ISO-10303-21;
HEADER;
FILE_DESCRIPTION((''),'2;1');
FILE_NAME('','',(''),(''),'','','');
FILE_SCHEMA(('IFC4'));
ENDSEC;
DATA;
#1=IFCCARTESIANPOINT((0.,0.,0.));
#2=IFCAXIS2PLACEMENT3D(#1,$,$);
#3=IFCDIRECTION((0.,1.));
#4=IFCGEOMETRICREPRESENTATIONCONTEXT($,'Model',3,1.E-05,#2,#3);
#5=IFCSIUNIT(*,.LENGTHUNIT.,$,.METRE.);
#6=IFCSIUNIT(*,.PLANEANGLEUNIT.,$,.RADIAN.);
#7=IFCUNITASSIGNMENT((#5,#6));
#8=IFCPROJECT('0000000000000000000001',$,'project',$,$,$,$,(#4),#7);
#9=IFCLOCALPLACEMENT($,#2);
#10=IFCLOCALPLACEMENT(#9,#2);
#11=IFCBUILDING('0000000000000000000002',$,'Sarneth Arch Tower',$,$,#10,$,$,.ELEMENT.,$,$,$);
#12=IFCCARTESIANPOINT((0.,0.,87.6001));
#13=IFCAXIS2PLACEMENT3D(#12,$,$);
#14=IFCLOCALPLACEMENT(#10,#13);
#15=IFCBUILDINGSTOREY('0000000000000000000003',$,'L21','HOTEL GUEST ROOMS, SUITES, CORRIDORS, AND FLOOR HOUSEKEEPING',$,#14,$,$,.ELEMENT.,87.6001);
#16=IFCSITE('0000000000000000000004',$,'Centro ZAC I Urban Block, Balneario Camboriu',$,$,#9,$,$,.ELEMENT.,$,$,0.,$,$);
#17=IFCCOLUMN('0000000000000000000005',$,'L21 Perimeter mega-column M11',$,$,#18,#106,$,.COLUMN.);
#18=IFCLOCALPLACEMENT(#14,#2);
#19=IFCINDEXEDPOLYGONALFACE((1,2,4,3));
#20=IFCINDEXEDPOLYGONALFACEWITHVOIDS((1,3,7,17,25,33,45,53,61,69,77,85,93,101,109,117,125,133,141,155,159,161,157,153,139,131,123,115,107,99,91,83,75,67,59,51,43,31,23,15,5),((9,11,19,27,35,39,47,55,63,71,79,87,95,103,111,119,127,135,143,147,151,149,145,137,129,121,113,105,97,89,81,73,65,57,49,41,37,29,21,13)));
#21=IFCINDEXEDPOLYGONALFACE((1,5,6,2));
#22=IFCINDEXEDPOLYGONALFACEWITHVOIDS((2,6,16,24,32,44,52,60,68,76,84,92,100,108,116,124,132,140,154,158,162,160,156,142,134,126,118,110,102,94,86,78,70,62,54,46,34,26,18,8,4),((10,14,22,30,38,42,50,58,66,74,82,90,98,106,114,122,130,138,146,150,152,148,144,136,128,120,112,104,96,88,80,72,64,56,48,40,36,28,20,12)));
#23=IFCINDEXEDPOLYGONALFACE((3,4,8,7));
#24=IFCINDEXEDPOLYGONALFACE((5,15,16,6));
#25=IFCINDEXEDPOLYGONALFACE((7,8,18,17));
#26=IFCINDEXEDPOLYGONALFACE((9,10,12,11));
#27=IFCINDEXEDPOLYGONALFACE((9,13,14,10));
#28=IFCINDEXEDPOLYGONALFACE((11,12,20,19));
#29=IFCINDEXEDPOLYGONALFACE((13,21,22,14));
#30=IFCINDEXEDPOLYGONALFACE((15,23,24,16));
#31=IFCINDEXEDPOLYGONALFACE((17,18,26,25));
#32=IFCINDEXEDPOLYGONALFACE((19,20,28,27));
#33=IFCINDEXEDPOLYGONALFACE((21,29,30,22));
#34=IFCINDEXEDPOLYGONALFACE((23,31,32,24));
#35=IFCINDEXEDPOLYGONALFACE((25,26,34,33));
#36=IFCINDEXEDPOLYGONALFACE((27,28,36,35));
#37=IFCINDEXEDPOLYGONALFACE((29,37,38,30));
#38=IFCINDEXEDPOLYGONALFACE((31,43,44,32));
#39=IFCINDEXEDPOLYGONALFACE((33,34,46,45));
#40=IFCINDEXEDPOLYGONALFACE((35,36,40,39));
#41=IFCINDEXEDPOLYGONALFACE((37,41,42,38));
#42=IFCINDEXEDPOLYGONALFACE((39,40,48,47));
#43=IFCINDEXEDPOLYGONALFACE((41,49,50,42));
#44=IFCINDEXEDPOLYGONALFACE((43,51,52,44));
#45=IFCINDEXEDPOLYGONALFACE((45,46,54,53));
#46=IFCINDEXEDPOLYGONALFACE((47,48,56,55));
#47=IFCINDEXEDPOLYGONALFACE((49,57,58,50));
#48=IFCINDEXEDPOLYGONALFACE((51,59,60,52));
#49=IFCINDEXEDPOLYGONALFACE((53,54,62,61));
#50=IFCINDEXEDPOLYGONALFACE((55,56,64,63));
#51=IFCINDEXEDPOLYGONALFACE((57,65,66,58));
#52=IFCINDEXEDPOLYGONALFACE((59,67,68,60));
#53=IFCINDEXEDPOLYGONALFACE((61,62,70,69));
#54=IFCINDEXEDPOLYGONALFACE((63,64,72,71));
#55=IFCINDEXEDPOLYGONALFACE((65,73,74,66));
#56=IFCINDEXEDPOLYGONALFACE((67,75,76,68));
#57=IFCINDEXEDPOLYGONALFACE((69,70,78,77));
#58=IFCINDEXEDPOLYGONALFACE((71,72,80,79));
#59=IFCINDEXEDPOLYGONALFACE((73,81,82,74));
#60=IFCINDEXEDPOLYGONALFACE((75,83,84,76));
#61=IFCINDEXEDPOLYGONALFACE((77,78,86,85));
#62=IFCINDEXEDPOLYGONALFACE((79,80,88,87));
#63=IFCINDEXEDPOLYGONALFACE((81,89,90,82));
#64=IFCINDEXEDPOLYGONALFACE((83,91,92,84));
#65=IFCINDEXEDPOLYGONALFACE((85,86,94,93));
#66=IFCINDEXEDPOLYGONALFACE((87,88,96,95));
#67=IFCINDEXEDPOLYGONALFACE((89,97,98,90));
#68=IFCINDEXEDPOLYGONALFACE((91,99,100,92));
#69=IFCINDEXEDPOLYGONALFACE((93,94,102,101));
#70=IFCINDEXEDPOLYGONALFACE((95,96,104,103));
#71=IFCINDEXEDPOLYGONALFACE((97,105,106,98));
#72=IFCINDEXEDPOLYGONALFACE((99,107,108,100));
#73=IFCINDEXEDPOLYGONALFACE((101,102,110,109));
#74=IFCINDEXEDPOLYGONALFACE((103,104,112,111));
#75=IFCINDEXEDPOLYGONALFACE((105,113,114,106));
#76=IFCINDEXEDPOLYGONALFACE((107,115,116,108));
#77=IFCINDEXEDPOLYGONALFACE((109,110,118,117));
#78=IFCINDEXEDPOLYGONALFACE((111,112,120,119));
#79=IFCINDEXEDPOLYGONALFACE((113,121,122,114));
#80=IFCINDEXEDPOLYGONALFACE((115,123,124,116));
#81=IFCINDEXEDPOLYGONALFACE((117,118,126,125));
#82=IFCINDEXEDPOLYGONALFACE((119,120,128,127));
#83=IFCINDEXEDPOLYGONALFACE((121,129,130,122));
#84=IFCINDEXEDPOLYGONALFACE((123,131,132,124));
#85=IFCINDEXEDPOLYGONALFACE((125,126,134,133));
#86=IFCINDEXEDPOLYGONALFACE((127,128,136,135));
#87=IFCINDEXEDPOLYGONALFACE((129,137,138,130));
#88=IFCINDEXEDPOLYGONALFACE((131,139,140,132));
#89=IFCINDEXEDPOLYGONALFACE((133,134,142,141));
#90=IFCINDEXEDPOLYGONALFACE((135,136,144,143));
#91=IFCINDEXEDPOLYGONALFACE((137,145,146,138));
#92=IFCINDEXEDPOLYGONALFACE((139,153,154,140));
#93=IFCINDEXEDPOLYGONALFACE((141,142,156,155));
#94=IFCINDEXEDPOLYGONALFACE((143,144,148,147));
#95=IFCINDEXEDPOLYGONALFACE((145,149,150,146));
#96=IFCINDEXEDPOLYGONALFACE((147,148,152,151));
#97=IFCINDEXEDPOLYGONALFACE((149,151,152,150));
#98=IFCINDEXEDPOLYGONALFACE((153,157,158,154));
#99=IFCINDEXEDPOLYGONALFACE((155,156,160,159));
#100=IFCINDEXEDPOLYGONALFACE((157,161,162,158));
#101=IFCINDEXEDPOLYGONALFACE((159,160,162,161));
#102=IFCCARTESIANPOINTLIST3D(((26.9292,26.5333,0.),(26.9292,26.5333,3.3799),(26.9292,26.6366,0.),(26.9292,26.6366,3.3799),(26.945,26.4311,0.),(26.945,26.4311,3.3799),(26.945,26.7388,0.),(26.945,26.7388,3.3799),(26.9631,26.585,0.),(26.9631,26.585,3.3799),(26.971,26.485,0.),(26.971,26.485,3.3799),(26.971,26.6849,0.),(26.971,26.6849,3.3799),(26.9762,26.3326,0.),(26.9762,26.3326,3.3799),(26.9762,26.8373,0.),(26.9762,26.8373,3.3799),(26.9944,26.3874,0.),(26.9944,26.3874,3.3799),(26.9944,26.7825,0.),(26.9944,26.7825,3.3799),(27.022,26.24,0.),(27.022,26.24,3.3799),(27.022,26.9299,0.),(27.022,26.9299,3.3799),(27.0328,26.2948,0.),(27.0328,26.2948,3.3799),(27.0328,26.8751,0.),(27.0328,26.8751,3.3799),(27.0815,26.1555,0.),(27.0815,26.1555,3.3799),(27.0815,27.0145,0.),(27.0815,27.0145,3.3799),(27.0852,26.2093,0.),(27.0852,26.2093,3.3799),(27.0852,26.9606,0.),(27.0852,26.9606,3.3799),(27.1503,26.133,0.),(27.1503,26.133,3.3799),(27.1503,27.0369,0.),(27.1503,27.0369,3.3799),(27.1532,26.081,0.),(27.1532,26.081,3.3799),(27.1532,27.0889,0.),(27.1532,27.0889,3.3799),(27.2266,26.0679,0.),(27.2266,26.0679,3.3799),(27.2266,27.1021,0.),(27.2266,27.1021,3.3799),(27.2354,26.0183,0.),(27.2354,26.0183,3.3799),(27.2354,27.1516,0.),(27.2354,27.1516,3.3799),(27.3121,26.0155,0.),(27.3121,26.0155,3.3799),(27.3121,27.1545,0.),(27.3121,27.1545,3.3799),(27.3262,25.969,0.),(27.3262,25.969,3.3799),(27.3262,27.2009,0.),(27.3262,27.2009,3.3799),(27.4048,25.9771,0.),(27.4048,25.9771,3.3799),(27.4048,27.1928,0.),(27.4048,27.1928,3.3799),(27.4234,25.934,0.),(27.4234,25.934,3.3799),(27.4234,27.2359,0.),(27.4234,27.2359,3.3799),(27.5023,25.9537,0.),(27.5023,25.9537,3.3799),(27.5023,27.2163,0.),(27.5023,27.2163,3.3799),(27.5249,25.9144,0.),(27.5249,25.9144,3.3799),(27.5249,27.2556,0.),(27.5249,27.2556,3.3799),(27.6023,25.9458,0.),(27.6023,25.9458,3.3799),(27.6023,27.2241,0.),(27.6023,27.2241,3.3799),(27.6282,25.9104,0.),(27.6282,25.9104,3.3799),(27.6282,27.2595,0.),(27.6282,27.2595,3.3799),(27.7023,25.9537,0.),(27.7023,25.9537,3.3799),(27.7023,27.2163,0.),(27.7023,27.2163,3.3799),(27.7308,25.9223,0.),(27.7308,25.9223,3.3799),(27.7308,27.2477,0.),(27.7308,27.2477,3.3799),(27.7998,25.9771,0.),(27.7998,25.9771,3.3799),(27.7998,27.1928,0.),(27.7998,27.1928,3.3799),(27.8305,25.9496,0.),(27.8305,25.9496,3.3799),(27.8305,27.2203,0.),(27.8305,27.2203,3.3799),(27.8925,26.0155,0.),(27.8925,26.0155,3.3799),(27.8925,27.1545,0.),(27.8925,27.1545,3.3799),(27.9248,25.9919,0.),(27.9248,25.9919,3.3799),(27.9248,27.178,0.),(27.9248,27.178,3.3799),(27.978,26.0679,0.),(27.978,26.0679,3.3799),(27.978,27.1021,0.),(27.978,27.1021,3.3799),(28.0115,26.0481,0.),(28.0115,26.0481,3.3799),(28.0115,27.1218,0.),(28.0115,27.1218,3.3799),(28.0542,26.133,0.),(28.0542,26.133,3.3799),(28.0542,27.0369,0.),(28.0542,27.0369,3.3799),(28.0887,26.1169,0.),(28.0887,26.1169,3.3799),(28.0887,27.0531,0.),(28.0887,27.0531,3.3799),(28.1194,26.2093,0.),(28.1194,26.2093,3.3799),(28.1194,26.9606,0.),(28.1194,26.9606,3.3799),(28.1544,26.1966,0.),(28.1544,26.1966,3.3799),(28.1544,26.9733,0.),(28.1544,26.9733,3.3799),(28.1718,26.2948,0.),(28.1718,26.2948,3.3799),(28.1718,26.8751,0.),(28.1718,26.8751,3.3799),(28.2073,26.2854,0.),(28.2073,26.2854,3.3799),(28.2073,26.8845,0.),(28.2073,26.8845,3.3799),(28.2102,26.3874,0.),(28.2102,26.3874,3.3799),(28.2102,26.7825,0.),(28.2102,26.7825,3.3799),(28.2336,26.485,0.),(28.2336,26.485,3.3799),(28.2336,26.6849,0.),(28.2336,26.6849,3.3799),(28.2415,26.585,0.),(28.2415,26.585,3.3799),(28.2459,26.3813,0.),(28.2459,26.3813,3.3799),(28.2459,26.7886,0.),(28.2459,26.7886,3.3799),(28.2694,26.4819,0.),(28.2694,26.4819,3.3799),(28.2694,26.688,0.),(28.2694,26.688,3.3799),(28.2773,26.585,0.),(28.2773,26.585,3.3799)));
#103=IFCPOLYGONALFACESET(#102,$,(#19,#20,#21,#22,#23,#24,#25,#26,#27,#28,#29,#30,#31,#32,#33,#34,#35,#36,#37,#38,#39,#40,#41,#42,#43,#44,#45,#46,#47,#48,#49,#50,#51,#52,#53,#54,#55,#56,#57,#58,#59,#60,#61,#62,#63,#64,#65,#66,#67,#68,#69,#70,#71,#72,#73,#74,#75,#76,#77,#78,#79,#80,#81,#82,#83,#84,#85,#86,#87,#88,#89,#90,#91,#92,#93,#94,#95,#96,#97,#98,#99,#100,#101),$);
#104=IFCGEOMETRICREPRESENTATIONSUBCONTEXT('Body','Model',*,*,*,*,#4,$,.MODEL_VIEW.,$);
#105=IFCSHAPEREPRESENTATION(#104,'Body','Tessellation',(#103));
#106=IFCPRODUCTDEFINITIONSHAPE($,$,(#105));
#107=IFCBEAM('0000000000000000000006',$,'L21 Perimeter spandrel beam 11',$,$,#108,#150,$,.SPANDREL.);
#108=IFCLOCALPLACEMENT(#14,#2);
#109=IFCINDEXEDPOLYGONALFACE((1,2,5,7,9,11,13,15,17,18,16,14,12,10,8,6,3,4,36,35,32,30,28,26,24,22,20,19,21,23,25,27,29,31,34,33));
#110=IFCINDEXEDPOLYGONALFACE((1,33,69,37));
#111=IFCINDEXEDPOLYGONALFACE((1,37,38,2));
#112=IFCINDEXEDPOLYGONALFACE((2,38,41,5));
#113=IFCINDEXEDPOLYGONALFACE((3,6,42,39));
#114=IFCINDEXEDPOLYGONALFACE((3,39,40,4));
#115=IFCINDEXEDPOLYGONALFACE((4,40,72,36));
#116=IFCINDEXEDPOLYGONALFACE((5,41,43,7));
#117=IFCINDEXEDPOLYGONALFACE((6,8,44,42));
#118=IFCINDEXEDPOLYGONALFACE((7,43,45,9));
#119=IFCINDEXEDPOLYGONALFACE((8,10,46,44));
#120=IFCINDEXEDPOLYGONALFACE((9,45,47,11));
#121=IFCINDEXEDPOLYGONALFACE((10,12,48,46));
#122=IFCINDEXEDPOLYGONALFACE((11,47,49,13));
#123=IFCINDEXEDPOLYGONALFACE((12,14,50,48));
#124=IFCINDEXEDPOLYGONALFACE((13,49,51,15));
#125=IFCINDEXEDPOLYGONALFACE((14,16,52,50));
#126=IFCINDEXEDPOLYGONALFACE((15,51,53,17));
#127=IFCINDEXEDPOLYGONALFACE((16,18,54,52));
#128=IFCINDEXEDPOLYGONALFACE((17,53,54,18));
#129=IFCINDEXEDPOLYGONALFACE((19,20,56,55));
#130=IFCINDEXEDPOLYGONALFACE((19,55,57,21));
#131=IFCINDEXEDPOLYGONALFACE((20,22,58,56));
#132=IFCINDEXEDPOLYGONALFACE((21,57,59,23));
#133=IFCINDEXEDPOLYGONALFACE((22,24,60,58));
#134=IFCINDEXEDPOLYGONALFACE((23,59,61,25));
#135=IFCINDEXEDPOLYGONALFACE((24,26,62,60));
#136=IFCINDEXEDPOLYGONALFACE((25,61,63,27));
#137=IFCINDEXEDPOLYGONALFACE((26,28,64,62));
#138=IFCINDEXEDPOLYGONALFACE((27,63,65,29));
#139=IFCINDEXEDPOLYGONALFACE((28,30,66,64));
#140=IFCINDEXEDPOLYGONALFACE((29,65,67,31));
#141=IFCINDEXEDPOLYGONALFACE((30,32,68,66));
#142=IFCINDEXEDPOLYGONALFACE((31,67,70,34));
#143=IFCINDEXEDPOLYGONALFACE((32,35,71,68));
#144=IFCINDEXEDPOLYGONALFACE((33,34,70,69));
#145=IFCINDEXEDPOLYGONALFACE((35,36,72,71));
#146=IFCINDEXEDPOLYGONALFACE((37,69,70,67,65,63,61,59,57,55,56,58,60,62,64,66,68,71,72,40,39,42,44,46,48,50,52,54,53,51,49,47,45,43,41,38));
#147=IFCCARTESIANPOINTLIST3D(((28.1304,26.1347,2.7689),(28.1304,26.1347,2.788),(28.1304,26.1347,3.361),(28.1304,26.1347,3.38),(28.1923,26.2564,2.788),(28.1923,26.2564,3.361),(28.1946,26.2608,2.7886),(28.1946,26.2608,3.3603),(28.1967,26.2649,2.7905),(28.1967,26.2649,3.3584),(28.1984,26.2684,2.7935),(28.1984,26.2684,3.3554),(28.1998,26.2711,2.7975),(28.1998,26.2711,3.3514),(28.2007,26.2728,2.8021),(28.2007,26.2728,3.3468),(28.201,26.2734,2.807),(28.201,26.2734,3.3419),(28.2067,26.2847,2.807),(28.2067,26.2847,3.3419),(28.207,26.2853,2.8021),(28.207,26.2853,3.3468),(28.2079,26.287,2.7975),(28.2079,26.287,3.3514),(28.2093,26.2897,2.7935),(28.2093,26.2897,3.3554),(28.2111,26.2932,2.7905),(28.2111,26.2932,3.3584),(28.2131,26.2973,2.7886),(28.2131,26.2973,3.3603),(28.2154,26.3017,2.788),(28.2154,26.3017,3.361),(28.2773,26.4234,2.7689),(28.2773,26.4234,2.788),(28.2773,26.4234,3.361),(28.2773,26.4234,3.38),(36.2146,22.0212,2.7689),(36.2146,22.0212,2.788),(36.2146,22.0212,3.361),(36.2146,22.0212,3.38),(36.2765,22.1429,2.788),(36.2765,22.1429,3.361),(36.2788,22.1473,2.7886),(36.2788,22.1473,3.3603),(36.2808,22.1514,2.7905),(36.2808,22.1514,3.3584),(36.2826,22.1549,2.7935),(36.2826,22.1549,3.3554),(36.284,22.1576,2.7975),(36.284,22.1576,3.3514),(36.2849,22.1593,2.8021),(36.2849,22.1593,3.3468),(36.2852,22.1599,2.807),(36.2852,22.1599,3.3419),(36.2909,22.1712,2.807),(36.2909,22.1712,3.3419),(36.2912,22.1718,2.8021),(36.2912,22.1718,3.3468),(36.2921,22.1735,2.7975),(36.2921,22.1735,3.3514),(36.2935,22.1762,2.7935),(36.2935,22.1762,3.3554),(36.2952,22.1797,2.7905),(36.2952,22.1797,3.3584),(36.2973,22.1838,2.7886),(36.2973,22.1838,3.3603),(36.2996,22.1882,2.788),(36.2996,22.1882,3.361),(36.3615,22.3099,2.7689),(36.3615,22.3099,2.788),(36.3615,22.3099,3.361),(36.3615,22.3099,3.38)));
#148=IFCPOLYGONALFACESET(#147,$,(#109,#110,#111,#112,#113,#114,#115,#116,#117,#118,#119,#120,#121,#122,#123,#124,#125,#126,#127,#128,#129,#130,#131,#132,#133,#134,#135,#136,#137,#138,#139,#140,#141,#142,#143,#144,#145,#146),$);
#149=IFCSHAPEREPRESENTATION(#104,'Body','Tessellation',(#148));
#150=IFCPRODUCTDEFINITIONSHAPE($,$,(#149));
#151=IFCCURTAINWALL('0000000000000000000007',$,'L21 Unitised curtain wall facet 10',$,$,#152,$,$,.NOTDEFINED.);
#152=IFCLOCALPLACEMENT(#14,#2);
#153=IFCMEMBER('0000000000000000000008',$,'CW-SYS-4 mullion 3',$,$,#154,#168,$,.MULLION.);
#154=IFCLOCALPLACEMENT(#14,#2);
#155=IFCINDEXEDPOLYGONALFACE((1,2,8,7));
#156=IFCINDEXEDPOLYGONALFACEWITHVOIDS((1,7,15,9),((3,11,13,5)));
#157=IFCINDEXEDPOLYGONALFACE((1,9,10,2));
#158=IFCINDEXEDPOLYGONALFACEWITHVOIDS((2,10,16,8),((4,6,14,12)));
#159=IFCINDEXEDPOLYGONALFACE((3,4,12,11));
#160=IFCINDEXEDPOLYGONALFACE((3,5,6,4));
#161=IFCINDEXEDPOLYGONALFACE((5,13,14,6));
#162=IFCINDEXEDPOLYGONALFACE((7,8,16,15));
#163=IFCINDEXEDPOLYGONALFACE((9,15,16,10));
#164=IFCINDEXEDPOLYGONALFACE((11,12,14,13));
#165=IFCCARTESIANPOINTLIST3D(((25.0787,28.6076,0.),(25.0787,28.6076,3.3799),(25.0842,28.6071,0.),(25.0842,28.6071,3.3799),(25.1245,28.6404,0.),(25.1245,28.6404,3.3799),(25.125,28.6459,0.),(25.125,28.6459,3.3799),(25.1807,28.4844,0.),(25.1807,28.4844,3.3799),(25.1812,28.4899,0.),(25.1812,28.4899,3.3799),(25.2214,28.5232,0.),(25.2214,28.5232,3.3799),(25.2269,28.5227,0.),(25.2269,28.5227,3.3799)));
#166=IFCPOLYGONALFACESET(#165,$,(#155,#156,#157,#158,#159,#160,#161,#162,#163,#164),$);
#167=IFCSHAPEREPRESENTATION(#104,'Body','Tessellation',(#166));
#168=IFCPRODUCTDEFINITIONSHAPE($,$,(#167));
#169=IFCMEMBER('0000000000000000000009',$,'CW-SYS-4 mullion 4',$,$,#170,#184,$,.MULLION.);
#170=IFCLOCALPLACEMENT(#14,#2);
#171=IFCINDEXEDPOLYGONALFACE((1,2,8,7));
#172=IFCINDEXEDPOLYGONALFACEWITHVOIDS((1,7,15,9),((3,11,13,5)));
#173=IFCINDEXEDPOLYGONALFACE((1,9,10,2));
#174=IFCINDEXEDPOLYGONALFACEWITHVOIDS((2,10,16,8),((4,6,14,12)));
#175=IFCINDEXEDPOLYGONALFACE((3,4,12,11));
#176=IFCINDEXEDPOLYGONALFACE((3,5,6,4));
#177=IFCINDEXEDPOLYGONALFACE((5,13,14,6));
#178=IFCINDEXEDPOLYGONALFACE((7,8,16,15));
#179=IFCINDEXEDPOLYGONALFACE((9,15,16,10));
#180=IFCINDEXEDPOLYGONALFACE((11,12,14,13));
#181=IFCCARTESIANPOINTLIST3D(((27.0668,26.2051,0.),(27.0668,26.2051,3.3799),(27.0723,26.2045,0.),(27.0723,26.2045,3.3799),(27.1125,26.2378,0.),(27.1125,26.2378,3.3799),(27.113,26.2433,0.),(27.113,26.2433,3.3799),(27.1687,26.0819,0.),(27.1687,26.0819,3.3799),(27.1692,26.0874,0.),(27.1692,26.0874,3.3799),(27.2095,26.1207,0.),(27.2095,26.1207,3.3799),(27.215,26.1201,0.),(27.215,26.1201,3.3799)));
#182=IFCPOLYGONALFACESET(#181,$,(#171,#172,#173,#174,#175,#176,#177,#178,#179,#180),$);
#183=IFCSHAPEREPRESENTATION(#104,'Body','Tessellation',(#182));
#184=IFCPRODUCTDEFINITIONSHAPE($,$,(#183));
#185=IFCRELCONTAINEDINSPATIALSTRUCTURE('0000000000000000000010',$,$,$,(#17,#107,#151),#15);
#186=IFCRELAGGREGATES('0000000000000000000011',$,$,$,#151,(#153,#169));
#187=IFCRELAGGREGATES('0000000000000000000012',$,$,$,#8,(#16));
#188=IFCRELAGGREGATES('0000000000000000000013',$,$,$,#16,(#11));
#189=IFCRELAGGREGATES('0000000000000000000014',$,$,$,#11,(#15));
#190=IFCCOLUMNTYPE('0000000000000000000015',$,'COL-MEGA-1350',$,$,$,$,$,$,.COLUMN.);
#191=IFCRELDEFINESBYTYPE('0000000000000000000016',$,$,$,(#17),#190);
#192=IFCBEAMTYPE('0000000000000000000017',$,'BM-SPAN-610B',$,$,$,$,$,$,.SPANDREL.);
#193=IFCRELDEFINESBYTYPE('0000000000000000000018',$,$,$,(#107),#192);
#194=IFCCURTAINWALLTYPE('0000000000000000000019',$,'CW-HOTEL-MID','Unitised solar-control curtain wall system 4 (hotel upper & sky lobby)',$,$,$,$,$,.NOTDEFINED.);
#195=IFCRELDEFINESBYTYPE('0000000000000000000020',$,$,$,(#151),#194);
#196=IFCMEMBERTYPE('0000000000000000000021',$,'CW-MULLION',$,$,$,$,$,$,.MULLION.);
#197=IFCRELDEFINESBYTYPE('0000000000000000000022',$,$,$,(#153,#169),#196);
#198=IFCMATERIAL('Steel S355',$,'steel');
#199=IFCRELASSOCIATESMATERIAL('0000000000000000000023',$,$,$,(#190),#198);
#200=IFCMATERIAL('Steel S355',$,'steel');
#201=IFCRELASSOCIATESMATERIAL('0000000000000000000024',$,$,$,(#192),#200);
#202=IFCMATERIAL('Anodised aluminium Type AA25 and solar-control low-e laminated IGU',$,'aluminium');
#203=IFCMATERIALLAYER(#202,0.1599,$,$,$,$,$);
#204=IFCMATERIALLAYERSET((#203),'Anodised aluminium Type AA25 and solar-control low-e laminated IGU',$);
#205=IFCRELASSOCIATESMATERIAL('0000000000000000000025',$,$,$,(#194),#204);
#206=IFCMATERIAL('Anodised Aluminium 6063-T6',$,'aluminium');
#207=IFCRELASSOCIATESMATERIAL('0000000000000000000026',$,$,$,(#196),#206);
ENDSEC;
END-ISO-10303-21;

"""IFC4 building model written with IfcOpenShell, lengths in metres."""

from ifc_helpers import new_model, si_unit, direction, frame, origin, origin_2d, place, context, subcontext, project, spatial, hollow_rectangle, hollow_circle, i_section, extrude, material, layer, layer_set, material_profile, profile_set, type_object, element, aggregate, save


model = new_model("IFC4")

# Units and contexts
model_context = context("Model", 3, precision=1e-05, world=origin(), true_north=direction((0.0, 1.0)))
body_context = subcontext(model_context, "Body", "Model", "MODEL_VIEW")
ifc_project = project(units=[si_unit("LENGTHUNIT", "METRE"), si_unit("PLANEANGLEUNIT", "RADIAN")], contexts=[model_context])

# Site, building, storey
site_placement = place(None, origin())
site = spatial("IfcSite", under=ifc_project, at=site_placement, Name="Centro ZAC I Urban Block, Balneario Camboriu", CompositionType="ELEMENT", RefElevation=0.0)
building_placement = place(site_placement, origin())
building = spatial("IfcBuilding", under=site, at=building_placement, Name="Sarneth Arch Tower", CompositionType="ELEMENT")
storey_placement = place(building_placement, frame((0.0, 0.0, 87.6001)))
storey = spatial("IfcBuildingStorey", under=building, at=storey_placement, Name="L21", Description="HOTEL GUEST ROOMS, SUITES, CORRIDORS, AND FLOOR HOUSEKEEPING", CompositionType="ELEMENT", Elevation=87.6001)

# Column
ifc_material_1 = material(Name="Steel S355", Category="steel")
ifc_material_profile_1 = material_profile(ifc_material_1, hollow_circle(Radius=0.675, WallThickness=0.0359, at=origin_2d()), Name="CHS1350x36")
ifc_profile_set_1 = profile_set([ifc_material_profile_1], Name="Steel S355")
column_type = type_object("IfcColumnType", Name="COL-MEGA-1350", PredefinedType="COLUMN", material=ifc_profile_set_1)
column_placement = place(storey_placement, frame((27.6023, 26.585, 0.0), z_axis=(0.0, 0.0, 1.0), x_axis=(1.0, 0.0, 0.0)))
element("IfcColumn", 1, at=column_placement, inside=storey, type_object=column_type, Name="L21 Perimeter mega-column M11", PredefinedType="COLUMN", context=body_context, shape_type="SweptSolid", body=[
    extrude(hollow_circle(Radius=0.675, WallThickness=0.0359, at=origin_2d()), origin(), (0.0, 0.0, 1.0), 3.3799),
])

# Beam
ifc_material_2 = material(Name="Steel S355", Category="steel")
ifc_material_profile_2 = material_profile(ifc_material_2, i_section(OverallWidth=0.324, OverallDepth=0.6111, WebThickness=0.0127, FlangeThickness=0.019, FilletRadius=0.019, at=origin_2d()), Name="W610x155")
ifc_profile_set_2 = profile_set([ifc_material_profile_2], Name="Steel S355")
beam_type = type_object("IfcBeamType", Name="BM-SPAN-610B", PredefinedType="SPANDREL", material=ifc_profile_set_2)
beam_placement = place(storey_placement, frame((28.2039, 26.2791, 3.0745), z_axis=(0.891256, -0.453501, 0.0), x_axis=(0.453501, 0.891256, 0.0)))
element("IfcBeam", 2, at=beam_placement, inside=storey, type_object=beam_type, Name="L21 Perimeter spandrel beam 11", PredefinedType="SPANDREL", context=body_context, shape_type="SweptSolid", body=[
    extrude(i_section(OverallWidth=0.324, OverallDepth=0.6111, WebThickness=0.0127, FlangeThickness=0.019, FilletRadius=0.019, at=origin_2d()), origin(), (0.0, 0.0, 1.0), 9.0706),
])

# Curtain wall, members
ifc_material_3 = material(Name="Anodised aluminium Type AA25 and solar-control low-e laminated IGU", Category="aluminium")
ifc_layer_1 = layer(ifc_material_3, 0.1599)
ifc_layer_set_1 = layer_set([ifc_layer_1], Name="Anodised aluminium Type AA25 and solar-control low-e laminated IGU")
curtain_wall_type = type_object("IfcCurtainWallType", Name="CW-HOTEL-MID", Description="Unitised solar-control curtain wall system 4 (hotel upper & sky lobby)", PredefinedType="NOTDEFINED", material=ifc_layer_set_1)
curtain_wall_placement = place(storey_placement, origin())
curtain_wall = element("IfcCurtainWall", 3, at=curtain_wall_placement, inside=storey, type_object=curtain_wall_type, Name="L21 Unitised curtain wall facet 10", PredefinedType="NOTDEFINED")
ifc_material_4 = material(Name="Anodised Aluminium 6063-T6", Category="aluminium")
ifc_material_profile_3 = material_profile(ifc_material_4, hollow_rectangle(XDim=0.0601, YDim=0.1599, WallThickness=0.0039, at=origin_2d()), Name="AL-MULL-160x60x4")
ifc_profile_set_3 = profile_set([ifc_material_profile_3], Name="Anodised Aluminium 6063-T6")
member_type_1 = type_object("IfcMemberType", Name="CW-MULLION", PredefinedType="MULLION", material=ifc_profile_set_3)
member_1_placement = place(storey_placement, frame((25.1528, 28.5652, 0.0), z_axis=(0.0, 0.0, 1.0), x_axis=(0.770438, 0.637515, 0.0)))
member_1 = element("IfcMember", 4, at=member_1_placement, type_object=member_type_1, Name="CW-SYS-4 mullion 3", PredefinedType="MULLION", context=body_context, shape_type="SweptSolid", body=[
    extrude(hollow_rectangle(XDim=0.0601, YDim=0.1599, WallThickness=0.0039, at=origin_2d()), origin(), (0.0, 0.0, 1.0), 3.3799),
])
member_2_placement = place(storey_placement, frame((27.1409, 26.1626, 0.0), z_axis=(0.0, 0.0, 1.0), x_axis=(0.770438, 0.637515, 0.0)))
member_2 = element("IfcMember", 5, at=member_2_placement, type_object=member_type_1, Name="CW-SYS-4 mullion 4", PredefinedType="MULLION", context=body_context, shape_type="SweptSolid", body=[
    extrude(hollow_rectangle(XDim=0.0601, YDim=0.1599, WallThickness=0.0039, at=origin_2d()), origin(), (0.0, 0.0, 1.0), 3.3799),
])

aggregate(curtain_wall, [member_1, member_2])

save(model, "model.ifc")
